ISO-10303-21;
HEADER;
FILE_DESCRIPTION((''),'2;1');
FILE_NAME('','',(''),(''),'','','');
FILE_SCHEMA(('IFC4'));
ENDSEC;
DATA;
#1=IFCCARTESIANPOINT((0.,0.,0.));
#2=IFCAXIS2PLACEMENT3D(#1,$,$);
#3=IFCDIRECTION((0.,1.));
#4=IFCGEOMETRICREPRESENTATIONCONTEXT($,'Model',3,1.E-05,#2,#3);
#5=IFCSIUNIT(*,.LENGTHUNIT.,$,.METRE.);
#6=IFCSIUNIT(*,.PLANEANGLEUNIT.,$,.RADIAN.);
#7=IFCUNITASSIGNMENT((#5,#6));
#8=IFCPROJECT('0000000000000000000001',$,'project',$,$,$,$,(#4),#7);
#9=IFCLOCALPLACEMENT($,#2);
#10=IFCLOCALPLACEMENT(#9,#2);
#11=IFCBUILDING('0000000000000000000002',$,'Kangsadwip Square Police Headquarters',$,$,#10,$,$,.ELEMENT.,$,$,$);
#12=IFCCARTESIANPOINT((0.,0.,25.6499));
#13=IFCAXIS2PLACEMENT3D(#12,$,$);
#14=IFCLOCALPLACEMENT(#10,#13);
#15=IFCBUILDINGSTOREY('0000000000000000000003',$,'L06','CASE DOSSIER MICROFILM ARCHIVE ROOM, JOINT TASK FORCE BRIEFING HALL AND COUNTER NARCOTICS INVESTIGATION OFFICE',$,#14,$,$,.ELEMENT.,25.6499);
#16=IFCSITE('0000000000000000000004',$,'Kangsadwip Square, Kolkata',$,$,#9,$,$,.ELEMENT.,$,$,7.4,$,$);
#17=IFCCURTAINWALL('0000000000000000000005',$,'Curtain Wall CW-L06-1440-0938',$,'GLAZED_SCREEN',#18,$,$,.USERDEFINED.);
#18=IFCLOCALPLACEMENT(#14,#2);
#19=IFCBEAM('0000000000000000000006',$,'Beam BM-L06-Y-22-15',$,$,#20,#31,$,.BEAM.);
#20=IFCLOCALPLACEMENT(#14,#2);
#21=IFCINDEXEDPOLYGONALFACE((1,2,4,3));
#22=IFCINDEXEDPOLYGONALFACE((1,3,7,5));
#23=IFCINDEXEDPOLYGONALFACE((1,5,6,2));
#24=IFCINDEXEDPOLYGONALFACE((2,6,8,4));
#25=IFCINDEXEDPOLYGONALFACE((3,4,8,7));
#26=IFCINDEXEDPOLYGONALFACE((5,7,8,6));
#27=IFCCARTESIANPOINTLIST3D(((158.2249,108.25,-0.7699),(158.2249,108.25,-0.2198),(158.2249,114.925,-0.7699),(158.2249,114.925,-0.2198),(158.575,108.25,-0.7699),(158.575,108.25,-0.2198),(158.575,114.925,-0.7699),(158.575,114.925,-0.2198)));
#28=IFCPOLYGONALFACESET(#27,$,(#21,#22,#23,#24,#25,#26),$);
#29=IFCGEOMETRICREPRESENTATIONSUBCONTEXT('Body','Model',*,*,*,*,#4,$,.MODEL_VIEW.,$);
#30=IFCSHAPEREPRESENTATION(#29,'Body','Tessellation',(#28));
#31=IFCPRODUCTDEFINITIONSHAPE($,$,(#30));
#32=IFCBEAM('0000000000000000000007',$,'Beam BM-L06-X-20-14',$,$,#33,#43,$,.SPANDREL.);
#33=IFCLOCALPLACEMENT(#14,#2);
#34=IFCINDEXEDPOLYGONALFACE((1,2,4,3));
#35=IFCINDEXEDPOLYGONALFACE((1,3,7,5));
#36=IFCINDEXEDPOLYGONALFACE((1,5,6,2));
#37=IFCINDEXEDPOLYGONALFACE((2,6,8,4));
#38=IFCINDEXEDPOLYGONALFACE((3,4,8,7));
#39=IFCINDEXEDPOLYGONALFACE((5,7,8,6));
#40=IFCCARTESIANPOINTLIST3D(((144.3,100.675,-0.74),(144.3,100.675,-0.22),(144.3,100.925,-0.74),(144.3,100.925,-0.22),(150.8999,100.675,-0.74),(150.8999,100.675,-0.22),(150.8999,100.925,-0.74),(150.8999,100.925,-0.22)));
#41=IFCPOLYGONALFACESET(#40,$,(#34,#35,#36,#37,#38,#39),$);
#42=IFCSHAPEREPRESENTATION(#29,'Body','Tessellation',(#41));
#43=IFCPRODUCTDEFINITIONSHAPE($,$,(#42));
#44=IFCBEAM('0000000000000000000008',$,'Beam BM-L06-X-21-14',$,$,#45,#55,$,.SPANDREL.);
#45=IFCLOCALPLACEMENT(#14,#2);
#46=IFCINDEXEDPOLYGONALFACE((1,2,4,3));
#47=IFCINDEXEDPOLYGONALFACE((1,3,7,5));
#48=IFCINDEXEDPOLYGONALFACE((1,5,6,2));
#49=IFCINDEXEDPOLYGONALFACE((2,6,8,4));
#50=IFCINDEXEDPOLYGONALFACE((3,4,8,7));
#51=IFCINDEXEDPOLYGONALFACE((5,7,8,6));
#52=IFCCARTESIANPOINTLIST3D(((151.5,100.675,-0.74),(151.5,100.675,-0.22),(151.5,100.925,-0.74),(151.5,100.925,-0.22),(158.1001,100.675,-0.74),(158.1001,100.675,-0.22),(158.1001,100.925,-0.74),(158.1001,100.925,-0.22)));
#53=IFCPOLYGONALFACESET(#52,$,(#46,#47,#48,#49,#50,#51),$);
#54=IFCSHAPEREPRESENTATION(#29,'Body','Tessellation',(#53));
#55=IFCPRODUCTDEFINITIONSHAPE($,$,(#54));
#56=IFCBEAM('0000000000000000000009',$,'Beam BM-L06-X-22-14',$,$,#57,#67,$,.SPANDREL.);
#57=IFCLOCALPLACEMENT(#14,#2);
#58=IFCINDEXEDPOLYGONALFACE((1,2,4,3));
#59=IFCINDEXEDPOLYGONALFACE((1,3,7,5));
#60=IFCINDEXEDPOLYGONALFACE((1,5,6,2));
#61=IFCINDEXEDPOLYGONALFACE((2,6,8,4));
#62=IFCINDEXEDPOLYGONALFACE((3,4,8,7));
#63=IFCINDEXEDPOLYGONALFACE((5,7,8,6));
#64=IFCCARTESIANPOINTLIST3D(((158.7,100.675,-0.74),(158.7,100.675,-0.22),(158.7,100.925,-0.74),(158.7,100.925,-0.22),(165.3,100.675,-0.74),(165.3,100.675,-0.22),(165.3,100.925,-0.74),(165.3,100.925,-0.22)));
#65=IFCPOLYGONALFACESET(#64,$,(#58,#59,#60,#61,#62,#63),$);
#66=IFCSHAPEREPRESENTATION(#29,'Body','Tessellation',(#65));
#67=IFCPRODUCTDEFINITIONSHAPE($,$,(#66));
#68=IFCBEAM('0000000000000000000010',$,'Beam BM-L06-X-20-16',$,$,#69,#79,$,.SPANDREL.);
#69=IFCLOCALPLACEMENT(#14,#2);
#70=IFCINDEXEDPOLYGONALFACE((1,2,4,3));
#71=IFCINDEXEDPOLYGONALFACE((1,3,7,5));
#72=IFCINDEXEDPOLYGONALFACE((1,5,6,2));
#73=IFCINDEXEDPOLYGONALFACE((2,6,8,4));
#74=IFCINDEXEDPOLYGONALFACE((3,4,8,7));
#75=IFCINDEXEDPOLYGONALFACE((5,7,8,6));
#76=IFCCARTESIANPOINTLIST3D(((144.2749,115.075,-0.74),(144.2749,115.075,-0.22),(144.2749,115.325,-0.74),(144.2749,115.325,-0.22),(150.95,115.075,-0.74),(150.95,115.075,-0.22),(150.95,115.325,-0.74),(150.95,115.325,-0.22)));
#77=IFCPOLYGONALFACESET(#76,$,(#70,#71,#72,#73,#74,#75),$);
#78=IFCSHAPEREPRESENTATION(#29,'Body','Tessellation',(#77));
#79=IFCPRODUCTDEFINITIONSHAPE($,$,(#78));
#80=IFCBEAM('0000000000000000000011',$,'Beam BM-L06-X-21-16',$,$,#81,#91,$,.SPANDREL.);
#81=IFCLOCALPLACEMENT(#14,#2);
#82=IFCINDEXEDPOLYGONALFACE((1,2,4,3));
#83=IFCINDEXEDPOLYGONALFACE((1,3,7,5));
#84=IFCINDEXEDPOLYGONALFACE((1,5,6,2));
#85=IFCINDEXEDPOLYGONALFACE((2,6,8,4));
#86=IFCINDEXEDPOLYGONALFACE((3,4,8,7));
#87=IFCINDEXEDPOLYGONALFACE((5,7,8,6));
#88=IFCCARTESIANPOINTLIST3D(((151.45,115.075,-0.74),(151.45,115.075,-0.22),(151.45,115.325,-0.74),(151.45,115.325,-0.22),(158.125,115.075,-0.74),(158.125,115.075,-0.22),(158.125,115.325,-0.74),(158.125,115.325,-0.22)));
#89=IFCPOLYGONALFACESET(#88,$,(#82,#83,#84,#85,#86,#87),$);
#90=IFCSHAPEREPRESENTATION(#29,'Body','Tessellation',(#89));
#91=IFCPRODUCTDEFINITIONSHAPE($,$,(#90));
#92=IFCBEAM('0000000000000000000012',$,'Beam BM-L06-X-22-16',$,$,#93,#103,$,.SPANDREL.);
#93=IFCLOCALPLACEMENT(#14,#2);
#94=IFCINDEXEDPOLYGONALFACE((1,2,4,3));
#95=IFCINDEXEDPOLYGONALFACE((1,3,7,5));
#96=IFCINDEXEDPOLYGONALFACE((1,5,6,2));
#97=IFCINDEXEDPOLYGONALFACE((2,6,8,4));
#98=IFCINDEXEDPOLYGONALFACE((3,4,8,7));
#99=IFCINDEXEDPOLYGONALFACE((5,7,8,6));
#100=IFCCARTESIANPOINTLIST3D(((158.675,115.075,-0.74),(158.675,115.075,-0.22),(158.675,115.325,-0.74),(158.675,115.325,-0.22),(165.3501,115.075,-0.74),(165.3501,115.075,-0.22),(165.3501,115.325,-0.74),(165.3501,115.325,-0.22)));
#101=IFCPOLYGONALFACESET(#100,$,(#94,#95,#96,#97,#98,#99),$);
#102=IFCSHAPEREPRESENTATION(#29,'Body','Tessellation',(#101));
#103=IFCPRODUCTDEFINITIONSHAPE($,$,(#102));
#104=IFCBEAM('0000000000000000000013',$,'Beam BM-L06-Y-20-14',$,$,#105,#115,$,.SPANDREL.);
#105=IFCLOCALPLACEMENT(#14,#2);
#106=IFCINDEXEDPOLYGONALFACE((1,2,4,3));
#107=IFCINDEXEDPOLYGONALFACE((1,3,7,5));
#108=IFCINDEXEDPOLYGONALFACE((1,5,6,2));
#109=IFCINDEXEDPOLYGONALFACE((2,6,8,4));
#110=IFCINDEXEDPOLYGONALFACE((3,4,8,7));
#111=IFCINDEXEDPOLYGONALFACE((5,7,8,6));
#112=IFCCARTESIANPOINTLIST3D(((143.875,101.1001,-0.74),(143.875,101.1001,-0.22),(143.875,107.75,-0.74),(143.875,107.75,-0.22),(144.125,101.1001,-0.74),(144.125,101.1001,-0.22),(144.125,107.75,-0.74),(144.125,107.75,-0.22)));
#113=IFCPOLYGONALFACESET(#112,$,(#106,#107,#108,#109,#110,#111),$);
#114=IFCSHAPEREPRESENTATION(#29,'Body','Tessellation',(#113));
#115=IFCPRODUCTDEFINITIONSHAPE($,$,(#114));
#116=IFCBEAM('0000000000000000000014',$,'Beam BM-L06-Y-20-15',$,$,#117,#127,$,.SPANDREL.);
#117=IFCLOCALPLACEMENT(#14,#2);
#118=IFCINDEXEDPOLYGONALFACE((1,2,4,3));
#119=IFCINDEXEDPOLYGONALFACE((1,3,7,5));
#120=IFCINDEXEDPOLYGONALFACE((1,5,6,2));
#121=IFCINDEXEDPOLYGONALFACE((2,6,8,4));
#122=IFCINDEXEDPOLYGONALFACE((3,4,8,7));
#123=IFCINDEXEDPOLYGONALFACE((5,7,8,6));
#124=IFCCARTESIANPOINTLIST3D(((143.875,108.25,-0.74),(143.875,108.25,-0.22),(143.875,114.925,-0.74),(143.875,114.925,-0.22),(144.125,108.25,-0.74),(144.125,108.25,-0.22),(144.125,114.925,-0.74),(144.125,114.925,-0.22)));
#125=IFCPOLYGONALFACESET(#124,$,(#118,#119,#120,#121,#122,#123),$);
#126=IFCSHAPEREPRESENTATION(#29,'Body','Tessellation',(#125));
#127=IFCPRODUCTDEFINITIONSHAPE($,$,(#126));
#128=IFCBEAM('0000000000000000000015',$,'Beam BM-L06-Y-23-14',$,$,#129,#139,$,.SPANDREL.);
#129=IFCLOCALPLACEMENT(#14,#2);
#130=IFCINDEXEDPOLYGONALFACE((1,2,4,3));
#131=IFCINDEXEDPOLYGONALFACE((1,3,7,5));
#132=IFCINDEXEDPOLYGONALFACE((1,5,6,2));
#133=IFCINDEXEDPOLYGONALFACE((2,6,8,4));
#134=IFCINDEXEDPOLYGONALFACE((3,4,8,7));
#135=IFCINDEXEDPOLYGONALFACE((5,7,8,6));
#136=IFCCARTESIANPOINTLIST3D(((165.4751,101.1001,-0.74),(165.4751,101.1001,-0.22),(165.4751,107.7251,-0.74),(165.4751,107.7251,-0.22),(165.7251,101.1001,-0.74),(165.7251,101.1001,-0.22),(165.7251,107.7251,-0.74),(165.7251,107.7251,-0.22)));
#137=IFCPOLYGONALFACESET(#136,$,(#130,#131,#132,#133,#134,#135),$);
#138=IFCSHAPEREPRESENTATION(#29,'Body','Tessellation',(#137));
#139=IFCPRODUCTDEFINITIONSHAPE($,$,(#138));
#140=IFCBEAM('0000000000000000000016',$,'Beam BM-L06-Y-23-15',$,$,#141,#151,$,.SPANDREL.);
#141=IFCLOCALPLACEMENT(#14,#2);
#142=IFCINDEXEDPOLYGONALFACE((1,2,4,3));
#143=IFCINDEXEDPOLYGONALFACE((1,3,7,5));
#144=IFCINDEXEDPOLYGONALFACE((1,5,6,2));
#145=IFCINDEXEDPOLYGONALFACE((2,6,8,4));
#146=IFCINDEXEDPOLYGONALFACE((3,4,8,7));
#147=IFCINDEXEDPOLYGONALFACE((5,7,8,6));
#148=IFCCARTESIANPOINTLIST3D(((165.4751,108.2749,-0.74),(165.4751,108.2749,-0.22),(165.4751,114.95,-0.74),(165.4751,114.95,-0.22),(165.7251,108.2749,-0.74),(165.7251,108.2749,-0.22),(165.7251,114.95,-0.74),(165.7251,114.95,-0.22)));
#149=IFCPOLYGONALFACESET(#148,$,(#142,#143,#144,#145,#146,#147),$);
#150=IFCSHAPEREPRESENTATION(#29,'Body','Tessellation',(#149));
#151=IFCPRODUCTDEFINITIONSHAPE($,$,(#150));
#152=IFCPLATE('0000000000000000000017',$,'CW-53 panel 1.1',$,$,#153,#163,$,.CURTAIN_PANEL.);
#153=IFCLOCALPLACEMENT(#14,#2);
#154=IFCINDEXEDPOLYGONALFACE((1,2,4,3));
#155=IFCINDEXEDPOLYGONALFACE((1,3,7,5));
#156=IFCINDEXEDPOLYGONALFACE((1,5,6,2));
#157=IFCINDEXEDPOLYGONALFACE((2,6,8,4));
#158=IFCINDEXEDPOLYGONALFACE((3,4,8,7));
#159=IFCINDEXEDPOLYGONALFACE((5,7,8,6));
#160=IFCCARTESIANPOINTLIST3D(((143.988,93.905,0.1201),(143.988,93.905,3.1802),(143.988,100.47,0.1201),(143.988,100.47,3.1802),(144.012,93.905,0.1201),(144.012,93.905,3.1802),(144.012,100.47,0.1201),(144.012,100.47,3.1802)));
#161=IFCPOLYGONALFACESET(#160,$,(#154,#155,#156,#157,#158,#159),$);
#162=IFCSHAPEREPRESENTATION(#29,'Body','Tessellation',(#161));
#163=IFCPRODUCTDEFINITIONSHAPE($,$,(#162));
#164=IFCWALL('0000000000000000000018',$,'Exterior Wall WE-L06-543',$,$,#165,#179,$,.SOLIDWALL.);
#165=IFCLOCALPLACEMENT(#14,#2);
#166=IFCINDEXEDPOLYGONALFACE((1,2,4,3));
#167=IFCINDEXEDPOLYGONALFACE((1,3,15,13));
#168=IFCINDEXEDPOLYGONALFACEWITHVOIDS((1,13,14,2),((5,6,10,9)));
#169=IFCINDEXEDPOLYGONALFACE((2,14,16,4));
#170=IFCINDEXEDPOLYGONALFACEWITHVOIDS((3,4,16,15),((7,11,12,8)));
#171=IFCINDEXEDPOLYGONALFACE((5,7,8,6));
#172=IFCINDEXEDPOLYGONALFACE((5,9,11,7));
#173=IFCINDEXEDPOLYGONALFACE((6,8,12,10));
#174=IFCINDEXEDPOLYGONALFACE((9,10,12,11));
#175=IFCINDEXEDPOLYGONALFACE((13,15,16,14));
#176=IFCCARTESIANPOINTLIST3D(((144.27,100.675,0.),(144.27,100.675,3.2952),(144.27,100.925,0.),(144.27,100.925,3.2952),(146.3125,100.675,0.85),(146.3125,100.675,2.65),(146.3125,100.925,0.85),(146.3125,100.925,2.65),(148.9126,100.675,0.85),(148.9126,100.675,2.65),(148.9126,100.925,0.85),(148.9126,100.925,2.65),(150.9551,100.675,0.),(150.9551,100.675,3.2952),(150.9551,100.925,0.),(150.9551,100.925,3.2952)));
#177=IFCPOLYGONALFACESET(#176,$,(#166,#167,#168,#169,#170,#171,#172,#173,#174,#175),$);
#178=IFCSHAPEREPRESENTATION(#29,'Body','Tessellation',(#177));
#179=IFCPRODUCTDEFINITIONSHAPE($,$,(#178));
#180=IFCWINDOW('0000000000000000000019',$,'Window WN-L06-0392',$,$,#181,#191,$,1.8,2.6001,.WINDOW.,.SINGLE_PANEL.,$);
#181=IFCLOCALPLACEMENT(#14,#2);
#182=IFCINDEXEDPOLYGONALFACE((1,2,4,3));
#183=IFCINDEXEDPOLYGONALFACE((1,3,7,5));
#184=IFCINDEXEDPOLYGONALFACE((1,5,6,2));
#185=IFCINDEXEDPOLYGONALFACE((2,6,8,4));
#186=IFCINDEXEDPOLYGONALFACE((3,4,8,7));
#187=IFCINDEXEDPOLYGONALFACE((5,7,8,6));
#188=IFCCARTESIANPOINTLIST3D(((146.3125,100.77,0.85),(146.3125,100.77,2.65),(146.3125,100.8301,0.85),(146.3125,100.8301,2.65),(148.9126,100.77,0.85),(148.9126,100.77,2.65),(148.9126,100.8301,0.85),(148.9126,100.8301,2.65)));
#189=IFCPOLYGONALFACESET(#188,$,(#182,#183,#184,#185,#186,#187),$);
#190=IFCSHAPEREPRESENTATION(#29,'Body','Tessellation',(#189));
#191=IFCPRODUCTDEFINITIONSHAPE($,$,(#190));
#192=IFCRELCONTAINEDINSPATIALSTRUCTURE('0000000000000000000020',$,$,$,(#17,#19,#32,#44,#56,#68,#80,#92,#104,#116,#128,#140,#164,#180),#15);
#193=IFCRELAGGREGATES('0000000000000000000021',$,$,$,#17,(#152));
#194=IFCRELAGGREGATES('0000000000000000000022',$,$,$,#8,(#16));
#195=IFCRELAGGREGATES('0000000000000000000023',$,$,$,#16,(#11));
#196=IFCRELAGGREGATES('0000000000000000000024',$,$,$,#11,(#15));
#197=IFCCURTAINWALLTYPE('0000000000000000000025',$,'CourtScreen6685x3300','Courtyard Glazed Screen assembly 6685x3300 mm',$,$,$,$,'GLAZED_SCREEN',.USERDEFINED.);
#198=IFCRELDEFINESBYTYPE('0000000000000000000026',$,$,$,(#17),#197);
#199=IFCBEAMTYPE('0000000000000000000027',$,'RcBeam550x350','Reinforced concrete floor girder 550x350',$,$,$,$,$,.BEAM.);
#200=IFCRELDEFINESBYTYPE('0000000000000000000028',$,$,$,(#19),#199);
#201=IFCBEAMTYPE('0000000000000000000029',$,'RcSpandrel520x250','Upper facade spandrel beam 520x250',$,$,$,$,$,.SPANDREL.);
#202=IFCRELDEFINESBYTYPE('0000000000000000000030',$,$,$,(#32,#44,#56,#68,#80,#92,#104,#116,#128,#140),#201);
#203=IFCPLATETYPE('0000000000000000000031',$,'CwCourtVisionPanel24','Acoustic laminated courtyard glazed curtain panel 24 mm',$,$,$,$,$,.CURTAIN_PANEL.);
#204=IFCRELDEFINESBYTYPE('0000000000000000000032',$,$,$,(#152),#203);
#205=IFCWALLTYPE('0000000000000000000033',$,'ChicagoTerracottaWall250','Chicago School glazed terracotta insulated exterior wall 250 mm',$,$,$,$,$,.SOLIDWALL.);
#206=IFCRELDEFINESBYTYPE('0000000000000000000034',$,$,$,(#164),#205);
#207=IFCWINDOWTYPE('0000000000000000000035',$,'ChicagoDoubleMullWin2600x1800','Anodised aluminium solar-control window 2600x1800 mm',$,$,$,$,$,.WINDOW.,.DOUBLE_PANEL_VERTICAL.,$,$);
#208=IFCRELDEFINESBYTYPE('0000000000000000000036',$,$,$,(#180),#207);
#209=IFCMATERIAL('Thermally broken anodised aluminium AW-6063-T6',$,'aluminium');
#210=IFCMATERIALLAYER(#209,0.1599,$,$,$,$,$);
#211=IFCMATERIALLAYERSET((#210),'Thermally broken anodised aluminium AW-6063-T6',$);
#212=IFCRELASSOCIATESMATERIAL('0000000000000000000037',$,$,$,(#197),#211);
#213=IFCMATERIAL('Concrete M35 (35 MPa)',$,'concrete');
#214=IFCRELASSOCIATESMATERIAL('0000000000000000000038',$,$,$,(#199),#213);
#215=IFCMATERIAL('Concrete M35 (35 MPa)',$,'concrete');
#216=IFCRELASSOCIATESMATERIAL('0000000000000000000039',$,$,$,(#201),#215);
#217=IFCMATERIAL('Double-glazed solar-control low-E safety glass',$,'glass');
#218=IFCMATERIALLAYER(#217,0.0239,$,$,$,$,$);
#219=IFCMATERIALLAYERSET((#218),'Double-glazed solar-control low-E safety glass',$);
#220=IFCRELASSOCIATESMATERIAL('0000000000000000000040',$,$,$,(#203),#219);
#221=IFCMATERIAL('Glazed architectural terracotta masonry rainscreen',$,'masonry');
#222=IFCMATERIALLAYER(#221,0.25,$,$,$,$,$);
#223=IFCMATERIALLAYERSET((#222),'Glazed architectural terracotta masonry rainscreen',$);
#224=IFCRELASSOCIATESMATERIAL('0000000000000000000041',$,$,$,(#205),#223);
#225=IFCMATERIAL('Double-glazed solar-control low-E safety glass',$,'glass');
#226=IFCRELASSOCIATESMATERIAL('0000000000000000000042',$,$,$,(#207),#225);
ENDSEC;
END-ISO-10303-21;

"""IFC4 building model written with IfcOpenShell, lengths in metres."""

from ifc_helpers import new_model, si_unit, direction, frame, frame_2d, origin, origin_2d, place, context, subcontext, project, spatial, rectangle, extrude, material, layer, layer_set, material_profile, profile_set, type_object, element, fill, aggregate, save


model = new_model("IFC4")

# Units and contexts
model_context = context("Model", 3, precision=1e-05, world=origin(), true_north=direction((0.0, 1.0)))
body_context = subcontext(model_context, "Body", "Model", "MODEL_VIEW")
ifc_project = project(units=[si_unit("LENGTHUNIT", "METRE"), si_unit("PLANEANGLEUNIT", "RADIAN")], contexts=[model_context])

# Site, building, storey
site_placement = place(None, origin())
site = spatial("IfcSite", under=ifc_project, at=site_placement, Name="Kangsadwip Square, Kolkata", CompositionType="ELEMENT", RefElevation=7.4)
building_placement = place(site_placement, origin())
building = spatial("IfcBuilding", under=site, at=building_placement, Name="Kangsadwip Square Police Headquarters", CompositionType="ELEMENT")
storey_placement = place(building_placement, frame((0.0, 0.0, 25.6499)))
storey = spatial("IfcBuildingStorey", under=building, at=storey_placement, Name="L06", Description="CASE DOSSIER MICROFILM ARCHIVE ROOM, JOINT TASK FORCE BRIEFING HALL AND COUNTER NARCOTICS INVESTIGATION OFFICE", CompositionType="ELEMENT", Elevation=25.6499)

# Curtain wall
ifc_material_1 = material(Name="Thermally broken anodised aluminium AW-6063-T6", Category="aluminium")
ifc_layer_1 = layer(ifc_material_1, 0.1599)
ifc_layer_set_1 = layer_set([ifc_layer_1], Name="Thermally broken anodised aluminium AW-6063-T6")
curtain_wall_type = type_object("IfcCurtainWallType", Name="CourtScreen6685x3300", Description="Courtyard Glazed Screen assembly 6685x3300 mm", ElementType="GLAZED_SCREEN", PredefinedType="USERDEFINED", material=ifc_layer_set_1)
curtain_wall_placement = place(storey_placement, origin())
curtain_wall = element("IfcCurtainWall", 1, at=curtain_wall_placement, inside=storey, type_object=curtain_wall_type, Name="Curtain Wall CW-L06-1440-0938", ObjectType="GLAZED_SCREEN", PredefinedType="USERDEFINED")

# Beams
ifc_material_2 = material(Name="Concrete M35 (35 MPa)", Category="concrete")
ifc_material_profile_1 = material_profile(ifc_material_2, rectangle(XDim=0.3501, YDim=0.55, at=origin_2d()), Name="RC BM 550X350")
ifc_profile_set_1 = profile_set([ifc_material_profile_1], Name="Concrete M35 (35 MPa)")
beam_type_1 = type_object("IfcBeamType", Name="RcBeam550x350", Description="Reinforced concrete floor girder 550x350", PredefinedType="BEAM", material=ifc_profile_set_1)
beam_1_placement = place(storey_placement, frame((158.3999, 108.25, -0.4949), z_axis=(0.0, 1.0, 0.0), x_axis=(-1.0, 0.0, 0.0)))
element("IfcBeam", 2, at=beam_1_placement, inside=storey, type_object=beam_type_1, Name="Beam BM-L06-Y-22-15", PredefinedType="BEAM", context=body_context, shape_type="SweptSolid", body=[
    extrude(rectangle(XDim=0.3501, YDim=0.55, at=origin_2d()), origin(), (0.0, 0.0, 1.0), 6.675),
])
ifc_material_3 = material(Name="Concrete M35 (35 MPa)", Category="concrete")
ifc_material_profile_2 = material_profile(ifc_material_3, rectangle(XDim=0.25, YDim=0.52, at=origin_2d()), Name="RC SPN 520X250")
ifc_profile_set_2 = profile_set([ifc_material_profile_2], Name="Concrete M35 (35 MPa)")
beam_type_2 = type_object("IfcBeamType", Name="RcSpandrel520x250", Description="Upper facade spandrel beam 520x250", PredefinedType="SPANDREL", material=ifc_profile_set_2)
beam_2_placement = place(storey_placement, frame((144.3, 100.8, -0.48), z_axis=(1.0, 0.0, 0.0), x_axis=(0.0, 1.0, 0.0)))
element("IfcBeam", 3, at=beam_2_placement, inside=storey, type_object=beam_type_2, Name="Beam BM-L06-X-20-14", PredefinedType="SPANDREL", context=body_context, shape_type="SweptSolid", body=[
    extrude(rectangle(XDim=0.25, YDim=0.52, at=origin_2d()), origin(), (0.0, 0.0, 1.0), 6.5999),
])
for number, where, z_axis, x_axis, name in (
    (4, (151.5, 100.8, -0.48), (1.0, 0.0, 0.0), (0.0, 1.0, 0.0), "Beam BM-L06-X-21-14"),
    (5, (158.7, 100.8, -0.48), (1.0, 0.0, 0.0), (0.0, 1.0, 0.0), "Beam BM-L06-X-22-14"),
):
    element("IfcBeam", number, at=place(storey_placement, frame(where, z_axis=z_axis, x_axis=x_axis)), inside=storey, type_object=beam_type_2, Name=name, PredefinedType="SPANDREL", context=body_context, shape_type="SweptSolid", body=[
        extrude(rectangle(XDim=0.25, YDim=0.52, at=origin_2d()), origin(), (0.0, 0.0, 1.0), 6.6001),
    ])
for number, where, z_axis, x_axis, name in (
    (6, (144.2749, 115.2, -0.48), (1.0, 0.0, 0.0), (0.0, 1.0, 0.0), "Beam BM-L06-X-20-16"),
    (7, (151.45, 115.2, -0.48), (1.0, 0.0, 0.0), (0.0, 1.0, 0.0), "Beam BM-L06-X-21-16"),
    (8, (158.675, 115.2, -0.48), (1.0, 0.0, 0.0), (0.0, 1.0, 0.0), "Beam BM-L06-X-22-16"),
):
    element("IfcBeam", number, at=place(storey_placement, frame(where, z_axis=z_axis, x_axis=x_axis)), inside=storey, type_object=beam_type_2, Name=name, PredefinedType="SPANDREL", context=body_context, shape_type="SweptSolid", body=[
        extrude(rectangle(XDim=0.25, YDim=0.52, at=origin_2d()), origin(), (0.0, 0.0, 1.0), 6.675),
    ])
beam_3_placement = place(storey_placement, frame((144.0, 101.1001, -0.48), z_axis=(0.0, 1.0, 0.0), x_axis=(-1.0, 0.0, 0.0)))
element("IfcBeam", 9, at=beam_3_placement, inside=storey, type_object=beam_type_2, Name="Beam BM-L06-Y-20-14", PredefinedType="SPANDREL", context=body_context, shape_type="SweptSolid", body=[
    extrude(rectangle(XDim=0.25, YDim=0.52, at=origin_2d()), origin(), (0.0, 0.0, 1.0), 6.6499),
])
beam_4_placement = place(storey_placement, frame((144.0, 108.25, -0.48), z_axis=(0.0, 1.0, 0.0), x_axis=(-1.0, 0.0, 0.0)))
element("IfcBeam", 10, at=beam_4_placement, inside=storey, type_object=beam_type_2, Name="Beam BM-L06-Y-20-15", PredefinedType="SPANDREL", context=body_context, shape_type="SweptSolid", body=[
    extrude(rectangle(XDim=0.25, YDim=0.52, at=origin_2d()), origin(), (0.0, 0.0, 1.0), 6.675),
])
beam_5_placement = place(storey_placement, frame((165.6001, 101.1001, -0.48), z_axis=(0.0, 1.0, 0.0), x_axis=(-1.0, 0.0, 0.0)))
element("IfcBeam", 11, at=beam_5_placement, inside=storey, type_object=beam_type_2, Name="Beam BM-L06-Y-23-14", PredefinedType="SPANDREL", context=body_context, shape_type="SweptSolid", body=[
    extrude(rectangle(XDim=0.25, YDim=0.52, at=origin_2d()), origin(), (0.0, 0.0, 1.0), 6.625),
])
beam_6_placement = place(storey_placement, frame((165.6001, 108.2749, -0.48), z_axis=(0.0, 1.0, 0.0), x_axis=(-1.0, 0.0, 0.0)))
element("IfcBeam", 12, at=beam_6_placement, inside=storey, type_object=beam_type_2, Name="Beam BM-L06-Y-23-15", PredefinedType="SPANDREL", context=body_context, shape_type="SweptSolid", body=[
    extrude(rectangle(XDim=0.25, YDim=0.52, at=origin_2d()), origin(), (0.0, 0.0, 1.0), 6.675),
])

# Plate
ifc_material_4 = material(Name="Double-glazed solar-control low-E safety glass", Category="glass")
ifc_layer_2 = layer(ifc_material_4, 0.0239)
ifc_layer_set_2 = layer_set([ifc_layer_2], Name="Double-glazed solar-control low-E safety glass")
plate_type = type_object("IfcPlateType", Name="CwCourtVisionPanel24", Description="Acoustic laminated courtyard glazed curtain panel 24 mm", PredefinedType="CURTAIN_PANEL", material=ifc_layer_set_2)
plate_placement = place(storey_placement, frame((144.0, 97.1875, 0.1201), z_axis=(0.0, 0.0, 1.0), x_axis=(0.0, 1.0, 0.0)))
plate = element("IfcPlate", 13, at=plate_placement, type_object=plate_type, Name="CW-53 panel 1.1", PredefinedType="CURTAIN_PANEL", context=body_context, shape_type="SweptSolid", body=[
    extrude(rectangle(XDim=6.5649, YDim=0.0239, at=origin_2d()), origin(), (0.0, 0.0, 1.0), 3.0601),
])
aggregate(curtain_wall, [plate])

# Wall, opening, window
ifc_material_5 = material(Name="Glazed architectural terracotta masonry rainscreen", Category="masonry")
ifc_layer_3 = layer(ifc_material_5, 0.25)
ifc_layer_set_3 = layer_set([ifc_layer_3], Name="Glazed architectural terracotta masonry rainscreen")
wall_type_1 = type_object("IfcWallType", Name="ChicagoTerracottaWall250", Description="Chicago School glazed terracotta insulated exterior wall 250 mm", PredefinedType="SOLIDWALL", material=ifc_layer_set_3)
wall_1_placement = place(storey_placement, frame((144.27, 100.8, 0.0), z_axis=(0.0, 0.0, 1.0), x_axis=(1.0, 0.0, 0.0)))
wall_1 = element("IfcWall", 14, at=wall_1_placement, inside=storey, type_object=wall_type_1, Name="Exterior Wall WE-L06-543", PredefinedType="SOLIDWALL", context=body_context, shape_type="SweptSolid", body=[
    extrude(rectangle(XDim=6.6851, YDim=0.25, at=frame_2d((3.3425, 0.0))), origin(), (0.0, 0.0, 1.0), 3.2952),
])
opening_1_placement = place(wall_1_placement, frame((2.0425, 0.0, 0.8501)))
opening_1 = element("IfcOpeningElement", 15, at=opening_1_placement, cuts=wall_1, PredefinedType="OPENING", context=body_context, shape_type="SweptSolid", body=[
    extrude(rectangle(XDim=2.6001, YDim=1.8, at=frame_2d((1.3, 0.8999))), frame((0.0, 0.135, 0.0), z_axis=(0.0, -1.0, 0.0), x_axis=(1.0, 0.0, 0.0)), (0.0, 0.0, 1.0), 0.27),
])
ifc_material_6 = material(Name="Double-glazed solar-control low-E safety glass", Category="glass")
window_type_1 = type_object("IfcWindowType", Name="ChicagoDoubleMullWin2600x1800", Description="Anodised aluminium solar-control window 2600x1800 mm", PartitioningType="DOUBLE_PANEL_VERTICAL", PredefinedType="WINDOW", material=ifc_material_6)
window_1_placement = place(opening_1_placement, origin())
window_1 = element("IfcWindow", 16, at=window_1_placement, inside=storey, type_object=window_type_1, Name="Window WN-L06-0392", OverallHeight=1.8, OverallWidth=2.6001, PartitioningType="SINGLE_PANEL", PredefinedType="WINDOW", context=body_context, shape_type="SweptSolid", body=[
    extrude(rectangle(XDim=2.6001, YDim=1.8, at=frame_2d((1.3, 0.8999))), frame((0.0, 0.03, 0.0), z_axis=(0.0, -1.0, 0.0), x_axis=(1.0, 0.0, 0.0)), (0.0, 0.0, 1.0), 0.0601),
])
fill(opening_1, window_1)

save(model, "model.ifc")
